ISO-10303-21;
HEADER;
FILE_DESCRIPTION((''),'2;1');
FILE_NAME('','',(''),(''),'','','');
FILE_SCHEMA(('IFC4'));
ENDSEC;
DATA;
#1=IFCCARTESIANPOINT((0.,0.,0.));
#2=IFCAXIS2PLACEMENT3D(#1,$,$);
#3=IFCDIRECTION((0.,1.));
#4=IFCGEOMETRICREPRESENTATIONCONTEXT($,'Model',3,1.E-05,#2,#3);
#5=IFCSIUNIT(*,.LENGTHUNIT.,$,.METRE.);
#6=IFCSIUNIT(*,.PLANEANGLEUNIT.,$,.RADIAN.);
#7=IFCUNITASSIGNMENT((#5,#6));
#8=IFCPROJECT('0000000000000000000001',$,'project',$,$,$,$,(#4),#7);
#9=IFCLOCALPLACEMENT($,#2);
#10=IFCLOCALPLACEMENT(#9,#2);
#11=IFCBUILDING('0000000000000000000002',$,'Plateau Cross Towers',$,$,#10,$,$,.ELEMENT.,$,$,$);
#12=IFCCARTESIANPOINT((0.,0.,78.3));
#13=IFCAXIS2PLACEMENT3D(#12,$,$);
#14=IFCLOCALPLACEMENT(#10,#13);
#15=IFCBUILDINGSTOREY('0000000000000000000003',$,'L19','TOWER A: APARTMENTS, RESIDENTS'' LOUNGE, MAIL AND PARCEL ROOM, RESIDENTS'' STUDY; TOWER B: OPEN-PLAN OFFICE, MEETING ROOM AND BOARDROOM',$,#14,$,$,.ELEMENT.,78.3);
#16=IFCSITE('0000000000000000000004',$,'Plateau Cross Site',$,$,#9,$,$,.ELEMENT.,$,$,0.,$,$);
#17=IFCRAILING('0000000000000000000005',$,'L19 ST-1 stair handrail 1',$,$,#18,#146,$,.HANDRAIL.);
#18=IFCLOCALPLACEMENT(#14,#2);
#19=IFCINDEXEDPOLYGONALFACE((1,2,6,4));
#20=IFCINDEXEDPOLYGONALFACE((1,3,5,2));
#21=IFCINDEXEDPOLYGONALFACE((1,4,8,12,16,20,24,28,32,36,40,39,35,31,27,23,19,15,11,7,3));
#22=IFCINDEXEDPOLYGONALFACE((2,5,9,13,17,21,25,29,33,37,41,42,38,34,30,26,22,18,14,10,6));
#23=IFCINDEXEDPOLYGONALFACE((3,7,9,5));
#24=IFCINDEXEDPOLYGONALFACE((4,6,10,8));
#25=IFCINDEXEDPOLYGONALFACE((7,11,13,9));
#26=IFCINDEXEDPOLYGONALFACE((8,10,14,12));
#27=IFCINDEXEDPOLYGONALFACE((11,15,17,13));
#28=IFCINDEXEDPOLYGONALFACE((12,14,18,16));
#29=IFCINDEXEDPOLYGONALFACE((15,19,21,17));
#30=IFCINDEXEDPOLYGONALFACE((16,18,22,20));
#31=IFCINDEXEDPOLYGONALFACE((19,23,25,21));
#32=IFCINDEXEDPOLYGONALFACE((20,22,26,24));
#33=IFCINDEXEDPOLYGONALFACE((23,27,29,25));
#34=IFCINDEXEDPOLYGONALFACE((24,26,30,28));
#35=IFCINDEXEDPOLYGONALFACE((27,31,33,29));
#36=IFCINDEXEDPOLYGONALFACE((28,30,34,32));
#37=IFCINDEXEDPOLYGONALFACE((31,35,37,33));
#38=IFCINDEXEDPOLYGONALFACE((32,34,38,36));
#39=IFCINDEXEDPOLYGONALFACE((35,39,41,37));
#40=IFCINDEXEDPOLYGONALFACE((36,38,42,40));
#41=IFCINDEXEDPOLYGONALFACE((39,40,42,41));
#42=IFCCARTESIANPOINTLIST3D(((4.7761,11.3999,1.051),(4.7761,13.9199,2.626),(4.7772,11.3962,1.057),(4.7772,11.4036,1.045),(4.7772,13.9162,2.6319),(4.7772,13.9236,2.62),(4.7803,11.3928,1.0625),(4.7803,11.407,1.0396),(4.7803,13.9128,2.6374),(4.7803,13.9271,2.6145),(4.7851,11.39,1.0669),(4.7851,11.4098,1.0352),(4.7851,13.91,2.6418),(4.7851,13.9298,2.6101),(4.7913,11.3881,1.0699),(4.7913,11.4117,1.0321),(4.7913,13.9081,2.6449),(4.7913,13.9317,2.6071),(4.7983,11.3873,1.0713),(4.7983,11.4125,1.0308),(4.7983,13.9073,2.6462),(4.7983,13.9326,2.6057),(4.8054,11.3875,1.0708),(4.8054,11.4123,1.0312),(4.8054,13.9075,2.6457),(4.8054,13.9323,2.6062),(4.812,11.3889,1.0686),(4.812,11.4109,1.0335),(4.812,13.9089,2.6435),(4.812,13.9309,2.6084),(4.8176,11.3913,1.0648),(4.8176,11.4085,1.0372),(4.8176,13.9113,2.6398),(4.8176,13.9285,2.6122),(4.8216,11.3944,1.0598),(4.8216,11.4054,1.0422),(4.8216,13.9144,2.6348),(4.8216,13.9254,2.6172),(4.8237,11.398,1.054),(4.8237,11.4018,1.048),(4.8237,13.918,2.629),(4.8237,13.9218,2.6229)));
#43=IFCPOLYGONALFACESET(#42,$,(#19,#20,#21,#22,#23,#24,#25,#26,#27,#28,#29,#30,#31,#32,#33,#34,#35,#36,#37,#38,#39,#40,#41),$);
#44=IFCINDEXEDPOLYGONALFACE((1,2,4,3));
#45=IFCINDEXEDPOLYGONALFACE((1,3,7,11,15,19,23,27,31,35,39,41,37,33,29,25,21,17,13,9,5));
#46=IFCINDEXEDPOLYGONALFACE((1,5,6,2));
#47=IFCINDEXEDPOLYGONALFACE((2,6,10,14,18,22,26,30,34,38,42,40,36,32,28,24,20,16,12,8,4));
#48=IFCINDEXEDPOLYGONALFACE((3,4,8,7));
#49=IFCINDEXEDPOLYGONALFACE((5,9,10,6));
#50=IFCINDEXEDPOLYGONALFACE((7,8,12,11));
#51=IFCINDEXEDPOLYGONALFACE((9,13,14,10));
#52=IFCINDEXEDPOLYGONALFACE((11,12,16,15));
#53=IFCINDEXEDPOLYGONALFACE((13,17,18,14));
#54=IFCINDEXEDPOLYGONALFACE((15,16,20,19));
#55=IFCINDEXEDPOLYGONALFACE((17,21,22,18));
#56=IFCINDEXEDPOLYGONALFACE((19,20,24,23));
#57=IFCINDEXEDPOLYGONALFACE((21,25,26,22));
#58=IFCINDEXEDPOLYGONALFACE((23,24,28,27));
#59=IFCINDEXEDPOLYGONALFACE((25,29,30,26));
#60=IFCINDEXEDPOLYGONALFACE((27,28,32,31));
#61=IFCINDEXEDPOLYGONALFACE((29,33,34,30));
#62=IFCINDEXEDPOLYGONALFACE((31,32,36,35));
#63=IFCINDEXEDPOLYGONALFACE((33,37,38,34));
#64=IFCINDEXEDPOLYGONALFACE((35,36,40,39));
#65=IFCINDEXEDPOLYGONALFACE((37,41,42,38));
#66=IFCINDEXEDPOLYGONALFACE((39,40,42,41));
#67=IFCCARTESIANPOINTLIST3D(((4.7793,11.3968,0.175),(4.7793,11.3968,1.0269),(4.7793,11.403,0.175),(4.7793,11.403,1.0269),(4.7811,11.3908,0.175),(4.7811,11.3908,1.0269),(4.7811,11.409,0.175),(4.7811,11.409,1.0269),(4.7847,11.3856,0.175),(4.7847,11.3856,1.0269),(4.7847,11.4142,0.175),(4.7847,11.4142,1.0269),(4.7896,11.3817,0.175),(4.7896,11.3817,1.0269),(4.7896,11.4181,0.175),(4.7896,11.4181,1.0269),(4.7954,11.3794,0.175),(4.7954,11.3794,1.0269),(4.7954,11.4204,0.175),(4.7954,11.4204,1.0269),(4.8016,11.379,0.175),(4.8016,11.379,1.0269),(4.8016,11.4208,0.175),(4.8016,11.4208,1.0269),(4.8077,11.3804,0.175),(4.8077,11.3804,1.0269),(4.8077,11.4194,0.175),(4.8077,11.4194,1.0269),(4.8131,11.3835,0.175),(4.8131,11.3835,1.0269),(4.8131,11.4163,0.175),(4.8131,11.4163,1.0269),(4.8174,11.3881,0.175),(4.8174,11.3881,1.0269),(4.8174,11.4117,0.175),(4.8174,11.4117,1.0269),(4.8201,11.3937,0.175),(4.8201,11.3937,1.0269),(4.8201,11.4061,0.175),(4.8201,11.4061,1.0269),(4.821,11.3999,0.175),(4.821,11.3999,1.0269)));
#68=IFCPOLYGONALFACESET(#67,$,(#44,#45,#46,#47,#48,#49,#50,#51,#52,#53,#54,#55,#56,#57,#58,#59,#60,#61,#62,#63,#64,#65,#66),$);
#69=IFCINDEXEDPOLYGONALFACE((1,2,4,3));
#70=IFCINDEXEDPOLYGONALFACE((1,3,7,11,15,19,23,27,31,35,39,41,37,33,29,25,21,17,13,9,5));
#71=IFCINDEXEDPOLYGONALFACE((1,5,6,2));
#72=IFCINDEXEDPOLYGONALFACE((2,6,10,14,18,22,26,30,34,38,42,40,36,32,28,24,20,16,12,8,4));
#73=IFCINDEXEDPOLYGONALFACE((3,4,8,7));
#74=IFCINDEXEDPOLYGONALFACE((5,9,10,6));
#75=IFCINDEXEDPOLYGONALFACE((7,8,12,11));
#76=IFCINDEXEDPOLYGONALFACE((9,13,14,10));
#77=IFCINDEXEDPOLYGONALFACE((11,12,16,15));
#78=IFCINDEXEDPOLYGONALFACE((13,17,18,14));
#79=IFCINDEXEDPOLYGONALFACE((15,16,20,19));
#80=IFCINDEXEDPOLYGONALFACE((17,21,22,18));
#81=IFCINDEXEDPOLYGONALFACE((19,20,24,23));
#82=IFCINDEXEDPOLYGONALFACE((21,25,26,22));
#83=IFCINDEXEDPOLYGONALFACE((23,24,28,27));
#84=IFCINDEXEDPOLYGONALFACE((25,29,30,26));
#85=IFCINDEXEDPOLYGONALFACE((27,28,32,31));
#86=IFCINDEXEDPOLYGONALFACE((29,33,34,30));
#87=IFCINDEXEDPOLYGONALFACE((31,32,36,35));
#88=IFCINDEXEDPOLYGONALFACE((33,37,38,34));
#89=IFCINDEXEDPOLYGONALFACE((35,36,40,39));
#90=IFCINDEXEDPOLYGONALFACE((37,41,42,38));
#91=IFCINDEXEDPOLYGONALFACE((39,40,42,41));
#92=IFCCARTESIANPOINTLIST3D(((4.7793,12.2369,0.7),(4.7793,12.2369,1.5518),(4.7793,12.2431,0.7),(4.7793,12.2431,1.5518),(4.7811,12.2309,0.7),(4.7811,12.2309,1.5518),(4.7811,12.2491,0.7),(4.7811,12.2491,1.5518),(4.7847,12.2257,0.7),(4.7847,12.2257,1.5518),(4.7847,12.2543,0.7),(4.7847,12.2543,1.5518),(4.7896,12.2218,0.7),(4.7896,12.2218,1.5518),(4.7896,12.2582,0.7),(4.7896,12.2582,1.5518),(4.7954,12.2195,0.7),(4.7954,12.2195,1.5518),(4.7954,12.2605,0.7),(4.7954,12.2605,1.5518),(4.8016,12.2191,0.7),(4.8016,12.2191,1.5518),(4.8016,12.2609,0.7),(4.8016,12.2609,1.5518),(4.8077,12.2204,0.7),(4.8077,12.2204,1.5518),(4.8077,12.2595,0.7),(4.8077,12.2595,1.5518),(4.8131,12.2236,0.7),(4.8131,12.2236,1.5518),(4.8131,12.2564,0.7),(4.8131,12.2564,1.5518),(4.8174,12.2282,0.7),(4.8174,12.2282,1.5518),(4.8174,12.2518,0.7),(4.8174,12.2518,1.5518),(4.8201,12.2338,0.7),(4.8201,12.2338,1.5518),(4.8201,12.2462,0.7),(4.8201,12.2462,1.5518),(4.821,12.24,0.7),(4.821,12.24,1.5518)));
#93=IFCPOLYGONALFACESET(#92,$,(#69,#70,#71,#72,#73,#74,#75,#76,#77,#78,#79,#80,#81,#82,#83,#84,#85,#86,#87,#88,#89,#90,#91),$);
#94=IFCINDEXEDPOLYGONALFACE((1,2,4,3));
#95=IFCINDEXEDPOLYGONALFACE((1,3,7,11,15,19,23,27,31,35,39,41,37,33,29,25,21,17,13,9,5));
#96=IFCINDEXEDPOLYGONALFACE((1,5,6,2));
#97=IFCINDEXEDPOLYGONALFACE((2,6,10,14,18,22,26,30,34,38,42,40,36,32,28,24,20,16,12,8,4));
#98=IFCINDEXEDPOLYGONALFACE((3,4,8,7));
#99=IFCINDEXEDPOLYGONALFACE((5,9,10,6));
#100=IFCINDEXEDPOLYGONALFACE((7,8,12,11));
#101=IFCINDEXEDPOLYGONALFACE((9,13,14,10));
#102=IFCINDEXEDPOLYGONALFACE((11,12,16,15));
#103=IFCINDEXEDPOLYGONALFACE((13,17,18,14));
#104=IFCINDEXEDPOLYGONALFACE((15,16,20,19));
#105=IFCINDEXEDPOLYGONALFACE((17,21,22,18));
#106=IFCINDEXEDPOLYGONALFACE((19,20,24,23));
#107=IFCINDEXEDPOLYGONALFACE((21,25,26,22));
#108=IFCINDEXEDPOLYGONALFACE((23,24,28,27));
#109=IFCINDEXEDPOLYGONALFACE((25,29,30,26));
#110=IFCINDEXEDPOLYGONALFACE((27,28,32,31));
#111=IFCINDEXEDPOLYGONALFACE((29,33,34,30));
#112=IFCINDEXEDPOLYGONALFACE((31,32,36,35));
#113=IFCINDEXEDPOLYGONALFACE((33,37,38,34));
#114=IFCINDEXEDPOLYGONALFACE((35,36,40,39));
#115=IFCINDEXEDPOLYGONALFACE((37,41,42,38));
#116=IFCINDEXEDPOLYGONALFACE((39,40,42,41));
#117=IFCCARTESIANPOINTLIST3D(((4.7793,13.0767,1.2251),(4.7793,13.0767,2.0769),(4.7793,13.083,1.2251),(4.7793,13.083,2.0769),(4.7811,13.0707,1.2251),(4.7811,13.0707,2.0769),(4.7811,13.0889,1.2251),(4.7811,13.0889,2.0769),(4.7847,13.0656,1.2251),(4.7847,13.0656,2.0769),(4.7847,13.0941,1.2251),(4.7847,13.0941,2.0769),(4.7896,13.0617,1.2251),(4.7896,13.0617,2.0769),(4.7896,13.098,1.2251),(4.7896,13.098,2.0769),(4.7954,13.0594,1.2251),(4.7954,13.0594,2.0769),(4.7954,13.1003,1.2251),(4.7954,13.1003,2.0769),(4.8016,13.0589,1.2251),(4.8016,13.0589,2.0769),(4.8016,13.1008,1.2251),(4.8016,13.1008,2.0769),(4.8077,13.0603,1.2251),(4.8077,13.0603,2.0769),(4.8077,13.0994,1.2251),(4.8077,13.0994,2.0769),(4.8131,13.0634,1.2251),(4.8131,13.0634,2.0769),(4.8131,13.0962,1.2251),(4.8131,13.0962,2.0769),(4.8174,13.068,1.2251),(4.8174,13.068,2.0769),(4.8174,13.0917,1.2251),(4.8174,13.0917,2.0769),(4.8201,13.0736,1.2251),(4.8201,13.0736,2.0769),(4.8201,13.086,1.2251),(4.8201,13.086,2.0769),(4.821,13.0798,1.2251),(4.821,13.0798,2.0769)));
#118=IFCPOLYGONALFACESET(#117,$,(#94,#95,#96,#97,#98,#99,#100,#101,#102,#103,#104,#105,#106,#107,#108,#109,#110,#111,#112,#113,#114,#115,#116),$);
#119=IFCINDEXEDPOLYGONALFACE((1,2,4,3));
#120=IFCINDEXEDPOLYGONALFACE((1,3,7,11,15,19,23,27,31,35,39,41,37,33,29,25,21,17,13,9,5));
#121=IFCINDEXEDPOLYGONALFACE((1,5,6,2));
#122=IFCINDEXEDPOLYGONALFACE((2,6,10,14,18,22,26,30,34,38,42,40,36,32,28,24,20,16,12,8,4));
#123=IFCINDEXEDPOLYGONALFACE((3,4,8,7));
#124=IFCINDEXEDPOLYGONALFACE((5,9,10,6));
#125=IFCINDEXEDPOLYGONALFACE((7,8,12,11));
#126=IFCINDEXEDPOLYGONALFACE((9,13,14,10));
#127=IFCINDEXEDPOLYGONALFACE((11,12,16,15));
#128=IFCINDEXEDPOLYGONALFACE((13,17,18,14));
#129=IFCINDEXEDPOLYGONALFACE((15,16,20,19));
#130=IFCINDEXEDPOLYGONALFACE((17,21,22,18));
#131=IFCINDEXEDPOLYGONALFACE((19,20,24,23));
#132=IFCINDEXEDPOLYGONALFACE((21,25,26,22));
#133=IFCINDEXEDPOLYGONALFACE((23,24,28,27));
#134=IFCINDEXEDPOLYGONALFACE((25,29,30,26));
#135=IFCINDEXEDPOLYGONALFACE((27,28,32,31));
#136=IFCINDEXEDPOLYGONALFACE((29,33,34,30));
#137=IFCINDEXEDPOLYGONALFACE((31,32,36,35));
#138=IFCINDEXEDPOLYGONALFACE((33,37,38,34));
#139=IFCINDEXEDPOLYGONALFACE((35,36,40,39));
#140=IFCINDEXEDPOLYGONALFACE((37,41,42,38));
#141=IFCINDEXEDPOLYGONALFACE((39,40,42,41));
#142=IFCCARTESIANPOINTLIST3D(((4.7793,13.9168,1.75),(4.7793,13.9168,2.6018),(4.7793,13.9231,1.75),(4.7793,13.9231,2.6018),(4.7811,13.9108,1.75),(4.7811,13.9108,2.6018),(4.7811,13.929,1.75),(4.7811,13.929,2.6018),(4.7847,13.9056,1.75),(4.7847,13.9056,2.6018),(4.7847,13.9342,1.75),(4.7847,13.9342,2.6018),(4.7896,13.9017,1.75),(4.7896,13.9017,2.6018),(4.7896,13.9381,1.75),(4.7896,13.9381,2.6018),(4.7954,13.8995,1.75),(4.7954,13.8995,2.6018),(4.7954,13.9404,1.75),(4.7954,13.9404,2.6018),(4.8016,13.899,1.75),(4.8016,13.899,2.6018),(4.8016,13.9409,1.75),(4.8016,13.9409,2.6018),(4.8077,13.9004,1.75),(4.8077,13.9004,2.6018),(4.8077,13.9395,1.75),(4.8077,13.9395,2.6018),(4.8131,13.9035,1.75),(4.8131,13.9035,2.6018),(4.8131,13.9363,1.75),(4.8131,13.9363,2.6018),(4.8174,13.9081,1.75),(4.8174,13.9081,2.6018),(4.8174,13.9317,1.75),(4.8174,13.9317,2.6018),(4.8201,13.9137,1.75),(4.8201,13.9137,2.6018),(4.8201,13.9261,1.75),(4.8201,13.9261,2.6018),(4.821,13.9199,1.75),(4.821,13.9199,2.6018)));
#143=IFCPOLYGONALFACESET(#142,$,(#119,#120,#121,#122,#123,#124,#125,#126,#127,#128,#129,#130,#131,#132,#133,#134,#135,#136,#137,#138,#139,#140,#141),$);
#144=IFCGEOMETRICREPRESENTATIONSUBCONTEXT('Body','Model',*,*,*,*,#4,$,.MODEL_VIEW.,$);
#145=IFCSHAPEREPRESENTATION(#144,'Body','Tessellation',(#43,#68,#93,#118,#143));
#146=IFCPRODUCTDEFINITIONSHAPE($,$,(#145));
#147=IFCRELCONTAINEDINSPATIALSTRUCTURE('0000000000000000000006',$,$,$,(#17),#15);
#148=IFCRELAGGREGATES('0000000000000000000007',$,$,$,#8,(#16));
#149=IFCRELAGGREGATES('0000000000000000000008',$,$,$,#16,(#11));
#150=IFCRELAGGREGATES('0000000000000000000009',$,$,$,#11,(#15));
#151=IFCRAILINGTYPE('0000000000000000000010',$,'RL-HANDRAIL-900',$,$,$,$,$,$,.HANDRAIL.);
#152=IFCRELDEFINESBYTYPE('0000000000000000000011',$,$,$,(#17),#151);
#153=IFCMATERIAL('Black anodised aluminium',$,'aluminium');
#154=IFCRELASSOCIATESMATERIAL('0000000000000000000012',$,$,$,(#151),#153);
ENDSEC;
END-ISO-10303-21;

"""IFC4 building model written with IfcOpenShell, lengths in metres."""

from ifc_helpers import new_model, si_unit, direction, frame, origin, origin_2d, place, context, subcontext, project, spatial, circle, extrude, material, type_object, element, save


model = new_model("IFC4")

# Units and contexts
model_context = context("Model", 3, precision=1e-05, world=origin(), true_north=direction((0.0, 1.0)))
body_context = subcontext(model_context, "Body", "Model", "MODEL_VIEW")
ifc_project = project(units=[si_unit("LENGTHUNIT", "METRE"), si_unit("PLANEANGLEUNIT", "RADIAN")], contexts=[model_context])

# Site, building, storey
site_placement = place(None, origin())
site = spatial("IfcSite", under=ifc_project, at=site_placement, Name="Plateau Cross Site", CompositionType="ELEMENT", RefElevation=0.0)
building_placement = place(site_placement, origin())
building = spatial("IfcBuilding", under=site, at=building_placement, Name="Plateau Cross Towers", CompositionType="ELEMENT")
storey_placement = place(building_placement, frame((0.0, 0.0, 78.3)))
storey = spatial("IfcBuildingStorey", under=building, at=storey_placement, Name="L19", Description="TOWER A: APARTMENTS, RESIDENTS' LOUNGE, MAIL AND PARCEL ROOM, RESIDENTS' STUDY; TOWER B: OPEN-PLAN OFFICE, MEETING ROOM AND BOARDROOM", CompositionType="ELEMENT", Elevation=78.3)

# Shared definitions
ifc_material_1 = material(Name="Black anodised aluminium", Category="aluminium")

# Railing
railing_type_1 = type_object("IfcRailingType", Name="RL-HANDRAIL-900", PredefinedType="HANDRAIL", material=ifc_material_1)
railing_1_placement = place(storey_placement, frame((4.8, 11.3999, 0.175)))
element("IfcRailing", 1, at=railing_1_placement, inside=storey, type_object=railing_type_1, Name="L19 ST-1 stair handrail 1", PredefinedType="HANDRAIL", context=body_context, shape_type="SweptSolid", body=[
    extrude(circle(Radius=0.0239, at=origin_2d()), frame((0.0, 0.0, 0.876), z_axis=(0.0, 0.848008, 0.529984), x_axis=(-1.0, 0.0, 0.0)), (0.0, 0.0, 1.0), 2.9717),
    extrude(circle(Radius=0.021, at=origin_2d()), origin(), (0.0, 0.0, 1.0), 0.8518),
    extrude(circle(Radius=0.021, at=origin_2d()), frame((0.0, 0.8401, 0.5249)), (0.0, 0.0, 1.0), 0.8518),
    extrude(circle(Radius=0.021, at=origin_2d()), frame((0.0, 1.6799, 1.05)), (0.0, 0.0, 1.0), 0.8518),
    extrude(circle(Radius=0.021, at=origin_2d()), frame((0.0, 2.52, 1.575)), (0.0, 0.0, 1.0), 0.8518),
])

save(model, "model.ifc")
